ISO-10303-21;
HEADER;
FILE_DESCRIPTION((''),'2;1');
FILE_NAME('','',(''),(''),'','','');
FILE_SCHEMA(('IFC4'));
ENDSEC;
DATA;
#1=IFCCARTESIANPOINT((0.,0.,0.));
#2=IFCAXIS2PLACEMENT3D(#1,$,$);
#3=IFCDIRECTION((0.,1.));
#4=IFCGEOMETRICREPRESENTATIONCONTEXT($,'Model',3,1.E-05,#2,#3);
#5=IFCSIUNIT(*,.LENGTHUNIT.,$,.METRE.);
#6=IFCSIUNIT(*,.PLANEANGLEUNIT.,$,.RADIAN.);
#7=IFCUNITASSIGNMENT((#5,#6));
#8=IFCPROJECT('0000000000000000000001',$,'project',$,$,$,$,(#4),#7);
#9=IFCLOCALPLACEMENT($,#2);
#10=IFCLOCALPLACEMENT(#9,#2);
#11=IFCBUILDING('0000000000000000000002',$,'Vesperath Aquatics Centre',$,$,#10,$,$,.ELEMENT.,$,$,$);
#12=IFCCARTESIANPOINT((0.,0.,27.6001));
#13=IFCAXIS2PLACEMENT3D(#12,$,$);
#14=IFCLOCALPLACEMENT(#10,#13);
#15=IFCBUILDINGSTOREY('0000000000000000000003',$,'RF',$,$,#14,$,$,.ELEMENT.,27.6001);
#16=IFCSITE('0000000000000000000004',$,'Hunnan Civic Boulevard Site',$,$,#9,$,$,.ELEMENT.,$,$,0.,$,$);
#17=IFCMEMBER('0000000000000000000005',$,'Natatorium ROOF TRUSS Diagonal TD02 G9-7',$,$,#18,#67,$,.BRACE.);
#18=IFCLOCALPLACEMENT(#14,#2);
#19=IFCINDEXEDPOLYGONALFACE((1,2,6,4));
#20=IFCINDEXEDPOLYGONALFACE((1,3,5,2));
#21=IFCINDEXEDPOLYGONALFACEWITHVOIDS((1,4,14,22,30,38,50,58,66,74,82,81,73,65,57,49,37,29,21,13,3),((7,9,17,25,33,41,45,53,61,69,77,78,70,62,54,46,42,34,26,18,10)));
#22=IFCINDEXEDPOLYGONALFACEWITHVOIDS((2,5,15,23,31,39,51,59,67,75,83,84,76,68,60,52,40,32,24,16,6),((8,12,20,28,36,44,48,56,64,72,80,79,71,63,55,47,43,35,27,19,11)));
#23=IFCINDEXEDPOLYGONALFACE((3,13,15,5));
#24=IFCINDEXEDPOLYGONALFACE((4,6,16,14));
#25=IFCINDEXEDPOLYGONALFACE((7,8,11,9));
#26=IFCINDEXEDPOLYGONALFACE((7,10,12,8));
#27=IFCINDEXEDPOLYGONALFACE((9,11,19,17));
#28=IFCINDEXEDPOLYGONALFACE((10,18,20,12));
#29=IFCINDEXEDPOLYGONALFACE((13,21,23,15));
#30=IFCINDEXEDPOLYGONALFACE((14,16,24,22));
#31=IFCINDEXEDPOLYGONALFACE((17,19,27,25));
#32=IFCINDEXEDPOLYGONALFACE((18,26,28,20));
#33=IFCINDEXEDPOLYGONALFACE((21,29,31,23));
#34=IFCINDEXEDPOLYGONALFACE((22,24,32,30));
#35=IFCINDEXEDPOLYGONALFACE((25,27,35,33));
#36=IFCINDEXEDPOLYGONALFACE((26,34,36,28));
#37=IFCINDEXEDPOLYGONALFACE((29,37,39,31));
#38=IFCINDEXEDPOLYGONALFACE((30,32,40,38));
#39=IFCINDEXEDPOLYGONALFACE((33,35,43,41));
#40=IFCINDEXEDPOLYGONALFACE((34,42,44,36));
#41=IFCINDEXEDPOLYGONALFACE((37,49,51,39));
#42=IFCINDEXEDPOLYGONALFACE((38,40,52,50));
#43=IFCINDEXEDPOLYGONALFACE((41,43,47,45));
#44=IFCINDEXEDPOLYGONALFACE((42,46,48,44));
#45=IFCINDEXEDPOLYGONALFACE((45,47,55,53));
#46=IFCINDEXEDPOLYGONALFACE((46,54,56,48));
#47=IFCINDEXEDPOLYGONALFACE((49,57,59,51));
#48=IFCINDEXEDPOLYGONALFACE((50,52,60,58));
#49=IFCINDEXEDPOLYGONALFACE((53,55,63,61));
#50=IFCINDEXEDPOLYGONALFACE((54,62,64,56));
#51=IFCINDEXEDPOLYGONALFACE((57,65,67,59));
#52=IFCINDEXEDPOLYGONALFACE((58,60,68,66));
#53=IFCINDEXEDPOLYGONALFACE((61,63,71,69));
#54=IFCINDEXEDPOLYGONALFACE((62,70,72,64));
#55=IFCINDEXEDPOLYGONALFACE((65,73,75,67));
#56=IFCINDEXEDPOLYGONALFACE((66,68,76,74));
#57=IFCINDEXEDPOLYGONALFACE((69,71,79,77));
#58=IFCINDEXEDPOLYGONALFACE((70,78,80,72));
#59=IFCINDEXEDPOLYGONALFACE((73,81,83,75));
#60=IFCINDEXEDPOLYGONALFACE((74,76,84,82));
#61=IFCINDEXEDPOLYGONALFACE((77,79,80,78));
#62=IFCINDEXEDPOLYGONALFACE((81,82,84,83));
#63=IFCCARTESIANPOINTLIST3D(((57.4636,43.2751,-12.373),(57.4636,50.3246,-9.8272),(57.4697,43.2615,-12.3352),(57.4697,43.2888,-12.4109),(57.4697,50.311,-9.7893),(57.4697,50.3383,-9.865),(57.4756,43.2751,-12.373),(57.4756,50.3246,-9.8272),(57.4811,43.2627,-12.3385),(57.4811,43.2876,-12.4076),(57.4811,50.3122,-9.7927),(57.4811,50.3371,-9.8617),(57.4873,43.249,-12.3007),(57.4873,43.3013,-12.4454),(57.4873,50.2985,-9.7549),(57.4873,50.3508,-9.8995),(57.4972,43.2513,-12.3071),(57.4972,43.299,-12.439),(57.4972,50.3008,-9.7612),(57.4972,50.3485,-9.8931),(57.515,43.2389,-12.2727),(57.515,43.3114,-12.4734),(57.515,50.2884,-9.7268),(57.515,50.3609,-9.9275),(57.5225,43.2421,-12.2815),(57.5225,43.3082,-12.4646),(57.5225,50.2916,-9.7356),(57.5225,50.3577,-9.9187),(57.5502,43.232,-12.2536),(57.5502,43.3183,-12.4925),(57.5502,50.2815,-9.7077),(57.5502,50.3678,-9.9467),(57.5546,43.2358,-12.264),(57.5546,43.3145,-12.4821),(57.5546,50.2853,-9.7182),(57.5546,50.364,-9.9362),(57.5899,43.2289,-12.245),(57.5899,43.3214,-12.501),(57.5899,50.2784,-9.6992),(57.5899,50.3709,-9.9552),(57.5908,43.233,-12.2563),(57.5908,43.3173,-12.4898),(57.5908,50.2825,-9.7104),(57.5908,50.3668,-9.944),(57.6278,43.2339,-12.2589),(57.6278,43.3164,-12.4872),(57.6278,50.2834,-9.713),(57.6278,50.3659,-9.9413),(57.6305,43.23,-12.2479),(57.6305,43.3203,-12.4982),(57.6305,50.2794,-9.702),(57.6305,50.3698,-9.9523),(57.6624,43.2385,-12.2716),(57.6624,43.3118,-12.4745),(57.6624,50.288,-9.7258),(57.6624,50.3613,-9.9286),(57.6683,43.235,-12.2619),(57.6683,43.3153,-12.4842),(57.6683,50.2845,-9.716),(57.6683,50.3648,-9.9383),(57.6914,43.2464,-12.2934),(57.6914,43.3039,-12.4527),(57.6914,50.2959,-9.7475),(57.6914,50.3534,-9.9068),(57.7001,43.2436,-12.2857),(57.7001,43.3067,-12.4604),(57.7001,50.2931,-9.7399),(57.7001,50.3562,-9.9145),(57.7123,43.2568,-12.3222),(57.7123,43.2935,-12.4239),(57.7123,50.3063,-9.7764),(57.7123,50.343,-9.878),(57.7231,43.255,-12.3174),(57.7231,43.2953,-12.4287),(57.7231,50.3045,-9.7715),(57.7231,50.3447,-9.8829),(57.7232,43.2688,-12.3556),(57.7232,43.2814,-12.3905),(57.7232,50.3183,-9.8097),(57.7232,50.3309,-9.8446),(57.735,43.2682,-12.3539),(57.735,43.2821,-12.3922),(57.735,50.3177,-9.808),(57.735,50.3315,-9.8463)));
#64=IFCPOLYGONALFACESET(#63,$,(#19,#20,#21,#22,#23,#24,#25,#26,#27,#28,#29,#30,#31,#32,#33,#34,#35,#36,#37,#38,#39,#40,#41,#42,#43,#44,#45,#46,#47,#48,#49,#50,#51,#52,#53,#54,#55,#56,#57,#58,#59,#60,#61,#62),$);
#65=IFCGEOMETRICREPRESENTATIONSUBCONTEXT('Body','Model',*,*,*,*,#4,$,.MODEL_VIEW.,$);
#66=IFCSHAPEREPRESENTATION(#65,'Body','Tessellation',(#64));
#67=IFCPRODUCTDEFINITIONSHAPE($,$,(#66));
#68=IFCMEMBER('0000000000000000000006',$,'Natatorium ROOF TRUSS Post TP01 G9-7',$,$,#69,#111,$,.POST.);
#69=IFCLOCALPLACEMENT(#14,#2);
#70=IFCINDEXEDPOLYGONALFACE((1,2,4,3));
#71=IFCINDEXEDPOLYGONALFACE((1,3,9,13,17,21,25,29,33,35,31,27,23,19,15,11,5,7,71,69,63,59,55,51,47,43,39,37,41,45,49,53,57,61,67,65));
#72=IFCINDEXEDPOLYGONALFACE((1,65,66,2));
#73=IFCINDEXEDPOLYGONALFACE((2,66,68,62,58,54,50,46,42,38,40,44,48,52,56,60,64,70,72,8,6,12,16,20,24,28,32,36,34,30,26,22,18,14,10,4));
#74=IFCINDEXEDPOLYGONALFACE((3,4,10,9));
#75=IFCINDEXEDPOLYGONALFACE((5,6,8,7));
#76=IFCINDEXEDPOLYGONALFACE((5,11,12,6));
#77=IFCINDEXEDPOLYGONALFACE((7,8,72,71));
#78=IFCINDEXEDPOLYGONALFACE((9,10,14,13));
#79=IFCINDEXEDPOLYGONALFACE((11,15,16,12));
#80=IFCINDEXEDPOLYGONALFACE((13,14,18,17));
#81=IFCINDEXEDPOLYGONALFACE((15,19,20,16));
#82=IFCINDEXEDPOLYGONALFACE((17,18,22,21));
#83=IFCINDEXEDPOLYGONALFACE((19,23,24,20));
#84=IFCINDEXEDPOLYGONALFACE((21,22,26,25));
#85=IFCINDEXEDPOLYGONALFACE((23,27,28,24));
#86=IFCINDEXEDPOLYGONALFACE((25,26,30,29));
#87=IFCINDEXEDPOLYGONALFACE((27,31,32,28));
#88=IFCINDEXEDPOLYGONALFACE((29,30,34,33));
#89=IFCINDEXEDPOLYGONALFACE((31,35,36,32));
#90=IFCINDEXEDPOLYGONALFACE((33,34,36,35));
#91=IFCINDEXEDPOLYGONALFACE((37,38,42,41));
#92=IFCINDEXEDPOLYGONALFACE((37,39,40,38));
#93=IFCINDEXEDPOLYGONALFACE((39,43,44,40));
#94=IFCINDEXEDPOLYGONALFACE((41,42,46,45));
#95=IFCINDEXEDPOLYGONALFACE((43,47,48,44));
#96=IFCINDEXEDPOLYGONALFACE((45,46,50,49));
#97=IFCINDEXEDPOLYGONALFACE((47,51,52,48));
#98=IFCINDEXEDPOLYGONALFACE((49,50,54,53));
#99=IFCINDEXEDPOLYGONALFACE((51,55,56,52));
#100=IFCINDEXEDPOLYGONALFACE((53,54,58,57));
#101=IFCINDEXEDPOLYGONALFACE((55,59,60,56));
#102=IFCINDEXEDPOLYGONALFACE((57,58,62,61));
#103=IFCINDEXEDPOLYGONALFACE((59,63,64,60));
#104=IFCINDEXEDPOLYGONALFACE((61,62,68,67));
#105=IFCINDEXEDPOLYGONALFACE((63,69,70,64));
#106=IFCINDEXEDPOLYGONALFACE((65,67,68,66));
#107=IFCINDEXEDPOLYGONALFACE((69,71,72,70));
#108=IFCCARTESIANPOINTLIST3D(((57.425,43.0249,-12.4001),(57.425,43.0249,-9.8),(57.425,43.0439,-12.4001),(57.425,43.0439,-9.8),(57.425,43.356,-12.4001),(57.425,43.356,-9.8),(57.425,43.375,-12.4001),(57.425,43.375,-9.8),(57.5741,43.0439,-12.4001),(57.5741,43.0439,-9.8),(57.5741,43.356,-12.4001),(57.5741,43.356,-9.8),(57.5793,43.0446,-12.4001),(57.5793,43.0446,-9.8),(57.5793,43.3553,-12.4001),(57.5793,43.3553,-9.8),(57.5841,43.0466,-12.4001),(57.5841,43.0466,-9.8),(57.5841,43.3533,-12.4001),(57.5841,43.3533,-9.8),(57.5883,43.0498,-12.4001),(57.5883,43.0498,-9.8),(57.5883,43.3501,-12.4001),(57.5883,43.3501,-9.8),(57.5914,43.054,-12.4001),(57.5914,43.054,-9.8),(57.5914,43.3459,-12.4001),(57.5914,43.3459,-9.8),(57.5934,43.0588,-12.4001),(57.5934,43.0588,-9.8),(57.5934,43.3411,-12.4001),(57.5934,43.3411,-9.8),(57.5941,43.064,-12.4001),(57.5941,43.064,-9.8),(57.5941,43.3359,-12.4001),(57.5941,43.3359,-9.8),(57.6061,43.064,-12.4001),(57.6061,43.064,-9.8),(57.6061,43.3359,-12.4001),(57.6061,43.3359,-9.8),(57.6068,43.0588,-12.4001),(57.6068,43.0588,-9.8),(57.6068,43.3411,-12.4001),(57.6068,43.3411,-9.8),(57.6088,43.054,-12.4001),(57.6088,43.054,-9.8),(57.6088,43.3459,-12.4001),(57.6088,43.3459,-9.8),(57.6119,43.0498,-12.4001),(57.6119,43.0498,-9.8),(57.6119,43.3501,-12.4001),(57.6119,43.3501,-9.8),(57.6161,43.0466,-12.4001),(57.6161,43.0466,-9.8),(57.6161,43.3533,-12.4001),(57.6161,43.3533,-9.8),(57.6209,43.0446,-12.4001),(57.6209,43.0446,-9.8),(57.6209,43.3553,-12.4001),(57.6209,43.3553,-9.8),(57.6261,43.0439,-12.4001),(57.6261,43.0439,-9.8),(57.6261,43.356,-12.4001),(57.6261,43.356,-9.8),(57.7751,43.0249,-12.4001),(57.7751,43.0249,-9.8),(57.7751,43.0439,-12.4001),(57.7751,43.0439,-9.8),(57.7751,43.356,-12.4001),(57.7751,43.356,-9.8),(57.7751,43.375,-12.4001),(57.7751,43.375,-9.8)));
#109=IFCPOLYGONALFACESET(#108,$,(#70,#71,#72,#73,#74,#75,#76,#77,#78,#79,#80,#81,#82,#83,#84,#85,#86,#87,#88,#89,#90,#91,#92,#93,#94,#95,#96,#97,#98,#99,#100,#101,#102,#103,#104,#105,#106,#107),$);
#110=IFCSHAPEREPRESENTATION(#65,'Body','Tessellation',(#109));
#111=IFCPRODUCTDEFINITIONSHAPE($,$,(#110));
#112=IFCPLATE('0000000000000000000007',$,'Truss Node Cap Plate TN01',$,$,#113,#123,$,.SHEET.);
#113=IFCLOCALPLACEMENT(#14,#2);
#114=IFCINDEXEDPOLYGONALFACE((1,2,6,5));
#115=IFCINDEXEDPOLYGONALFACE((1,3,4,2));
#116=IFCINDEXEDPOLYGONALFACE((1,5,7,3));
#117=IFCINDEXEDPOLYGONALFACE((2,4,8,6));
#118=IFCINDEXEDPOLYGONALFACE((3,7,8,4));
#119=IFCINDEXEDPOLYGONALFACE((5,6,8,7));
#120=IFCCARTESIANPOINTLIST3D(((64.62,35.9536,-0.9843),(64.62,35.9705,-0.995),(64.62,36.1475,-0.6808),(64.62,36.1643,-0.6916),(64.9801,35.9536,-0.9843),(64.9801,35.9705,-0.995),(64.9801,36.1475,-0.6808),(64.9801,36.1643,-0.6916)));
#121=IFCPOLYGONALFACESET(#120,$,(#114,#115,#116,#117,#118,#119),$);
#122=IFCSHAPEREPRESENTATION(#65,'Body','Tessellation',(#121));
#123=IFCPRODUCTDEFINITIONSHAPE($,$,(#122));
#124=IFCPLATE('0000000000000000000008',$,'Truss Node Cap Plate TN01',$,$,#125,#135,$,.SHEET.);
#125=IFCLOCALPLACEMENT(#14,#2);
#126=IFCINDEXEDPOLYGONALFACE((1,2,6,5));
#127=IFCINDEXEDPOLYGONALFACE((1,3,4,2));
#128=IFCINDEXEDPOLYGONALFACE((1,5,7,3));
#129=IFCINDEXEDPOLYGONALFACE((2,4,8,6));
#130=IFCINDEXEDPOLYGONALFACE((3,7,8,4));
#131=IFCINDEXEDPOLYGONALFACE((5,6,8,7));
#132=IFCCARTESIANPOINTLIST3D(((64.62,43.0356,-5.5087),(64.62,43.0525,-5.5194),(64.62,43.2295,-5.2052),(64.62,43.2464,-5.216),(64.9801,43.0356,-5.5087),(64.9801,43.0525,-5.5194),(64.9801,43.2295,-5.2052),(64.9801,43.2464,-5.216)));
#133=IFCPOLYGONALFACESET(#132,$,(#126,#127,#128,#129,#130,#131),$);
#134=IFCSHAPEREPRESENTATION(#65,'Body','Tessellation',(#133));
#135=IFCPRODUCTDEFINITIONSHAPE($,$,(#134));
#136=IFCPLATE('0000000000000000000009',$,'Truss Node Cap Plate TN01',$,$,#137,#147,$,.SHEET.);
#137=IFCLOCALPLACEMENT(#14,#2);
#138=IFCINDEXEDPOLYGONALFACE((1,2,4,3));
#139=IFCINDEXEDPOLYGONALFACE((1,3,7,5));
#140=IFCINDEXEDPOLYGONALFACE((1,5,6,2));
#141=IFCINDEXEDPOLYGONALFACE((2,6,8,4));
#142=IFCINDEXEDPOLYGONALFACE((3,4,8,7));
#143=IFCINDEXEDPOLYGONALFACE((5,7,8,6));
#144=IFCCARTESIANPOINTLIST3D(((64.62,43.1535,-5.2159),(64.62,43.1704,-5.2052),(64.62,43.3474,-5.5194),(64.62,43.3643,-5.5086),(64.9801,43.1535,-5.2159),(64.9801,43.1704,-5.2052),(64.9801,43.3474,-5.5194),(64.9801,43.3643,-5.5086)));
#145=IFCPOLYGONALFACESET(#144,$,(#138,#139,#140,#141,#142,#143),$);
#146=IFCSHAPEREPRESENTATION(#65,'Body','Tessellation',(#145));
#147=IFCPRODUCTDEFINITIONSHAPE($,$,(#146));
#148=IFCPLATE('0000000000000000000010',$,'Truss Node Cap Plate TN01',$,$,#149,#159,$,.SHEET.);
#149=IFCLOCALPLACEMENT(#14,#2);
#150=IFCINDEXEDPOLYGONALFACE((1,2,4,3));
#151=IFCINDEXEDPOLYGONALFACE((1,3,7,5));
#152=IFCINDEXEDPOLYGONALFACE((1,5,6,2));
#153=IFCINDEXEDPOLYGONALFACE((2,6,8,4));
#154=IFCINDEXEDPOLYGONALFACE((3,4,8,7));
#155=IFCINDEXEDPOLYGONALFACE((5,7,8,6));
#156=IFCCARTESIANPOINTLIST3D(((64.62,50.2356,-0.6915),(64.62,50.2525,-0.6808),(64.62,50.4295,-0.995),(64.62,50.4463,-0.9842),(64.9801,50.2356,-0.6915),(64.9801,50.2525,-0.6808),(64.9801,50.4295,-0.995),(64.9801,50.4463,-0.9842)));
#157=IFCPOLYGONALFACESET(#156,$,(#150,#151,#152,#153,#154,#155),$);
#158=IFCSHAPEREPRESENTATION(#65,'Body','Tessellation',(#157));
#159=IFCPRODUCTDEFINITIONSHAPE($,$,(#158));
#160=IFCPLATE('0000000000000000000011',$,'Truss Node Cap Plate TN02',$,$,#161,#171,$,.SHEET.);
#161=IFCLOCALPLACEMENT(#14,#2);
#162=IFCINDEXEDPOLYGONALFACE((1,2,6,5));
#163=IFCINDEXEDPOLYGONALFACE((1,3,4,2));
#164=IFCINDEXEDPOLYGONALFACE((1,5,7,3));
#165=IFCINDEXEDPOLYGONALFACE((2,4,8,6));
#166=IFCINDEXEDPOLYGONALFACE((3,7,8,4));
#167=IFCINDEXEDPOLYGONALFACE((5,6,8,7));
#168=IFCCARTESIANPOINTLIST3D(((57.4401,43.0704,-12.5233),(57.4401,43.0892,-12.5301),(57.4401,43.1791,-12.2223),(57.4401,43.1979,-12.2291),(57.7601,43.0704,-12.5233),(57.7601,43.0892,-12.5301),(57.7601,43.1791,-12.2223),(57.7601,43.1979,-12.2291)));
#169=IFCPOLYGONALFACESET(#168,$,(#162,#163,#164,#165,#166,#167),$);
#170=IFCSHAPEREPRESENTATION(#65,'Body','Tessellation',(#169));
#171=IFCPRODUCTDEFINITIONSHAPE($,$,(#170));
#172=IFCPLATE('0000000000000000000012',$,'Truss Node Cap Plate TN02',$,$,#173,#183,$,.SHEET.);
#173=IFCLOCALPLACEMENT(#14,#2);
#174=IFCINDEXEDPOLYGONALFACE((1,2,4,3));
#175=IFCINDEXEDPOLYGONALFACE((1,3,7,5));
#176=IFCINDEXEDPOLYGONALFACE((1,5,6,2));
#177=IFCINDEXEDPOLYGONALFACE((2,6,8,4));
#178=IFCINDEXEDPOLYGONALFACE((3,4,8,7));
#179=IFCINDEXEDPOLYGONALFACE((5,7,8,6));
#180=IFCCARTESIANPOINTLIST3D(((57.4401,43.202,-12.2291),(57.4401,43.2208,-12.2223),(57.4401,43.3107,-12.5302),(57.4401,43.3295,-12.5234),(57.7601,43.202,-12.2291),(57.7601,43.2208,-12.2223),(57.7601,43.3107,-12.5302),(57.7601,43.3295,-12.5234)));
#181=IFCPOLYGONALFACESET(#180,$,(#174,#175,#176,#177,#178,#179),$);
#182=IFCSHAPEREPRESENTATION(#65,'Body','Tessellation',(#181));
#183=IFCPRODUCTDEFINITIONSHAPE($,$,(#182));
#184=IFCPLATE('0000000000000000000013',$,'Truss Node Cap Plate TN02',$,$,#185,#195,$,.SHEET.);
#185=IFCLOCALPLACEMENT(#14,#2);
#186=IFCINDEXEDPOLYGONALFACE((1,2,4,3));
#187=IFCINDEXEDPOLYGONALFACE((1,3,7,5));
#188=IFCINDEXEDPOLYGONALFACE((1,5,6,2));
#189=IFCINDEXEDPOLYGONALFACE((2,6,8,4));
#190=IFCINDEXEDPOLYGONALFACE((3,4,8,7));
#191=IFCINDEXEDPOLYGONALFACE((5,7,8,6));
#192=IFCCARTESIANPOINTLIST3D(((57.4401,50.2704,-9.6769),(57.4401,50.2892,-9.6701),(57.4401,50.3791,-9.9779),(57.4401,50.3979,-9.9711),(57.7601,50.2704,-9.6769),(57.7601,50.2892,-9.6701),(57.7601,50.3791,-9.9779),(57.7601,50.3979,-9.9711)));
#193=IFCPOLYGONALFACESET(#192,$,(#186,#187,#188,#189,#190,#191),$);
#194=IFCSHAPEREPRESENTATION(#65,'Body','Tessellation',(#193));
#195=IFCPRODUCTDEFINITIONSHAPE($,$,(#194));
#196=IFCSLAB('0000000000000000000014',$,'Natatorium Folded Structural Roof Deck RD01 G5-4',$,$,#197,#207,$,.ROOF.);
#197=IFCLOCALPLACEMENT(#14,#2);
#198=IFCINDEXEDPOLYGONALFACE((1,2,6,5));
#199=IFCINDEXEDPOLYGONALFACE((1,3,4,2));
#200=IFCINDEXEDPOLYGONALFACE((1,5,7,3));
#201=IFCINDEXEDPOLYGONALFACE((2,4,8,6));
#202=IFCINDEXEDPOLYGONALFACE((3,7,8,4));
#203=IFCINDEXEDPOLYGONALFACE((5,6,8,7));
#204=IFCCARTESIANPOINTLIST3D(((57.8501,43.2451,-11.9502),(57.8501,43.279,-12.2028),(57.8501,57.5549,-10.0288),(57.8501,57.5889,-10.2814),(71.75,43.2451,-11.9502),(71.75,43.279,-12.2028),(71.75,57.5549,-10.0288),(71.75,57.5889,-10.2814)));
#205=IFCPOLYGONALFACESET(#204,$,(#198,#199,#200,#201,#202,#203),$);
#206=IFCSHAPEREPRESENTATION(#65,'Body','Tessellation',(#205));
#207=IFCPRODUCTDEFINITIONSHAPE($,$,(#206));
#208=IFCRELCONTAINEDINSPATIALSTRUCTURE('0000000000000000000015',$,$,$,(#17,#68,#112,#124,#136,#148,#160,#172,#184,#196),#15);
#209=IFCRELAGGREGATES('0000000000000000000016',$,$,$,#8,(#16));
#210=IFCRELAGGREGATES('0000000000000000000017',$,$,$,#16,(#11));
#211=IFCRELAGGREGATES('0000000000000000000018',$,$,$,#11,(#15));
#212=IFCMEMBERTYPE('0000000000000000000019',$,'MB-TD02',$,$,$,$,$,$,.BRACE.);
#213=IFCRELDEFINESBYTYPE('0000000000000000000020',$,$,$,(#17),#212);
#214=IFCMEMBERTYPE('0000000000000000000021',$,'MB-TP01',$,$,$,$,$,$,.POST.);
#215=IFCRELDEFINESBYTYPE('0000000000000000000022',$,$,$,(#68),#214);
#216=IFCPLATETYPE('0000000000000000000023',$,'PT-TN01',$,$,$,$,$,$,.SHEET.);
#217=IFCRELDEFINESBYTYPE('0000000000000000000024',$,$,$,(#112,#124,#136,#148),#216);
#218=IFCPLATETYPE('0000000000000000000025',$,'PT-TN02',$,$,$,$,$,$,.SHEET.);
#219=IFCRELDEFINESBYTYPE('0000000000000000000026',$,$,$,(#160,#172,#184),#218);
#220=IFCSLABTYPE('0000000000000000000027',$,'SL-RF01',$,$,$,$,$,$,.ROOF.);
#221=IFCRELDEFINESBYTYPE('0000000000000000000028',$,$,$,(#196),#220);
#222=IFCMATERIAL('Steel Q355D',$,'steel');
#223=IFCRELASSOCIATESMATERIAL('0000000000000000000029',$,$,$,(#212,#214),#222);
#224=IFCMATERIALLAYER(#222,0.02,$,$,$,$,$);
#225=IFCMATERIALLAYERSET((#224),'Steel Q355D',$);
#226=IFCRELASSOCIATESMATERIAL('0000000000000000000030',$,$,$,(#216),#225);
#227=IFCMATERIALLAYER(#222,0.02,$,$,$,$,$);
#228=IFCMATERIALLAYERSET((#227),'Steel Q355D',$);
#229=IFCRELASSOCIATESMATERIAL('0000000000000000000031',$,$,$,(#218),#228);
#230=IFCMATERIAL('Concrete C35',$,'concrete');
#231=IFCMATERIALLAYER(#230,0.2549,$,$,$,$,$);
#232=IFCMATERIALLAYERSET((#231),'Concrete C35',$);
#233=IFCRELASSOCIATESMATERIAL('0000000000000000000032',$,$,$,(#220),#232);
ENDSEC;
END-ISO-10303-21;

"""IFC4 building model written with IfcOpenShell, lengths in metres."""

from ifc_helpers import new_model, si_unit, direction, frame, origin, origin_2d, place, context, subcontext, project, spatial, polyline, rectangle, hollow_circle, i_section, outline, extrude, material, layer, layer_set, material_profile, profile_set, type_object, element, save


model = new_model("IFC4")

# Units and contexts
model_context = context("Model", 3, precision=1e-05, world=origin(), true_north=direction((0.0, 1.0)))
body_context = subcontext(model_context, "Body", "Model", "MODEL_VIEW")
ifc_project = project(units=[si_unit("LENGTHUNIT", "METRE"), si_unit("PLANEANGLEUNIT", "RADIAN")], contexts=[model_context])

# Site, building, storey
site_placement = place(None, origin())
site = spatial("IfcSite", under=ifc_project, at=site_placement, Name="Hunnan Civic Boulevard Site", CompositionType="ELEMENT", RefElevation=0.0)
building_placement = place(site_placement, origin())
building = spatial("IfcBuilding", under=site, at=building_placement, Name="Vesperath Aquatics Centre", CompositionType="ELEMENT")
storey_placement = place(building_placement, frame((0.0, 0.0, 27.6001)))
storey = spatial("IfcBuildingStorey", under=building, at=storey_placement, Name="RF", CompositionType="ELEMENT", Elevation=27.6001)

# Members
ifc_material_1 = material(Name="Steel Q355D", Category="steel")
ifc_material_profile_1 = material_profile(ifc_material_1, hollow_circle(Radius=0.1365, WallThickness=0.012, at=origin_2d()), Name="CHS 273.0x12")
ifc_profile_set_1 = profile_set([ifc_material_profile_1], Name="Steel Q355D")
member_type_1 = type_object("IfcMemberType", Name="MB-TD02", PredefinedType="BRACE", material=ifc_profile_set_1)
for number, where, z_axis, x_axis, name in (
    (1, (57.6001, 43.2751, -12.373), (0.0, 0.940544, 0.339671), (-1.0, 0.0, 0.0), "Natatorium ROOF TRUSS Diagonal TD02 G9-7"),
):
    element("IfcMember", number, at=place(storey_placement, frame(where, z_axis=z_axis, x_axis=x_axis)), inside=storey, type_object=member_type_1, Name=name, PredefinedType="BRACE", context=body_context, shape_type="SweptSolid", body=[
        extrude(hollow_circle(Radius=0.1365, WallThickness=0.012, at=origin_2d()), origin(), (0.0, 0.0, 1.0), 7.4951),
    ])
ifc_material_profile_2 = material_profile(ifc_material_1, i_section(OverallWidth=0.3501, OverallDepth=0.3501, WebThickness=0.012, FlangeThickness=0.019, FilletRadius=0.02, at=origin_2d()), Name="HW 350x350x12x19")
ifc_profile_set_2 = profile_set([ifc_material_profile_2], Name="Steel Q355D")
member_type_2 = type_object("IfcMemberType", Name="MB-TP01", PredefinedType="POST", material=ifc_profile_set_2)
member_1_placement = place(storey_placement, frame((57.6001, 43.2, -12.4001), z_axis=(0.0, 0.0, 1.0), x_axis=(1.0, 0.0, 0.0)))
element("IfcMember", 2, at=member_1_placement, inside=storey, type_object=member_type_2, Name="Natatorium ROOF TRUSS Post TP01 G9-7", PredefinedType="POST", context=body_context, shape_type="SweptSolid", body=[
    extrude(i_section(OverallWidth=0.3501, OverallDepth=0.3501, WebThickness=0.012, FlangeThickness=0.019, FilletRadius=0.02, at=origin_2d()), origin(), (0.0, 0.0, 1.0), 2.6001),
])

# Plates
ifc_layer_1 = layer(ifc_material_1, 0.02)
ifc_layer_set_1 = layer_set([ifc_layer_1], Name="Steel Q355D")
plate_type_1 = type_object("IfcPlateType", Name="PT-TN01", PredefinedType="SHEET", material=ifc_layer_set_1)
for number, where, z_axis, x_axis, name in (
    (3, (64.8, 36.0505, -0.8325), (0.0, 0.842696, -0.538389), (-1.0, 0.0, 0.0), "Truss Node Cap Plate TN01"),
    (4, (64.8, 43.1326, -5.3569), (0.0, 0.842696, -0.538389), (-1.0, 0.0, 0.0), "Truss Node Cap Plate TN01"),
    (5, (64.8, 43.2505, -5.3677), (0.0, 0.842696, 0.538389), (-1.0, 0.0, 0.0), "Truss Node Cap Plate TN01"),
    (6, (64.8, 50.3325, -0.8433), (0.0, 0.842696, 0.538389), (-1.0, 0.0, 0.0), "Truss Node Cap Plate TN01"),
):
    element("IfcPlate", number, at=place(storey_placement, frame(where, z_axis=z_axis, x_axis=x_axis)), inside=storey, type_object=plate_type_1, Name=name, PredefinedType="SHEET", context=body_context, shape_type="SweptSolid", body=[
        extrude(rectangle(XDim=0.3601, YDim=0.3601, at=origin_2d()), origin(), (0.0, 0.0, 1.0), 0.02),
    ])
ifc_layer_2 = layer(ifc_material_1, 0.02)
ifc_layer_set_2 = layer_set([ifc_layer_2], Name="Steel Q355D")
plate_type_2 = type_object("IfcPlateType", Name="PT-TN02", PredefinedType="SHEET", material=ifc_layer_set_2)
for number, where, z_axis, x_axis, name in (
    (7, (57.6001, 43.1248, -12.3728), (0.0, 0.940554, -0.339644), (-1.0, 0.0, 0.0), "Truss Node Cap Plate TN02"),
    (8, (57.6001, 43.2563, -12.3796), (0.0, 0.940554, 0.339644), (-1.0, 0.0, 0.0), "Truss Node Cap Plate TN02"),
    (9, (57.6001, 50.3247, -9.8274), (0.0, 0.940554, 0.339644), (-1.0, 0.0, 0.0), "Truss Node Cap Plate TN02"),
):
    element("IfcPlate", number, at=place(storey_placement, frame(where, z_axis=z_axis, x_axis=x_axis)), inside=storey, type_object=plate_type_2, Name=name, PredefinedType="SHEET", context=body_context, shape_type="SweptSolid", body=[
        extrude(rectangle(XDim=0.3201, YDim=0.3201, at=origin_2d()), origin(), (0.0, 0.0, 1.0), 0.02),
    ])

# Slab
ifc_material_2 = material(Name="Concrete C35", Category="concrete")
ifc_layer_3 = layer(ifc_material_2, 0.2549)
ifc_layer_set_3 = layer_set([ifc_layer_3], Name="Concrete C35")
slab_type = type_object("IfcSlabType", Name="SL-RF01", PredefinedType="ROOF", material=ifc_layer_set_3)
slab_placement = place(storey_placement, frame((57.8501, 43.2451, -11.9502), z_axis=(0.0, -0.133076, 0.991106), x_axis=(1.0, 0.0, 0.0)))
element("IfcSlab", 10, at=slab_placement, inside=storey, type_object=slab_type, Name="Natatorium Folded Structural Roof Deck RD01 G5-4", PredefinedType="ROOF", context=body_context, shape_type="SweptSolid", body=[
    extrude(outline(polyline([(0.0, 0.0), (13.8999, 0.0), (13.8999, 14.4382), (0.0, 14.4382), (0.0, 0.0)])), origin(), (0.0, 0.0, -1.0), 0.2549),
])

save(model, "model.ifc")
